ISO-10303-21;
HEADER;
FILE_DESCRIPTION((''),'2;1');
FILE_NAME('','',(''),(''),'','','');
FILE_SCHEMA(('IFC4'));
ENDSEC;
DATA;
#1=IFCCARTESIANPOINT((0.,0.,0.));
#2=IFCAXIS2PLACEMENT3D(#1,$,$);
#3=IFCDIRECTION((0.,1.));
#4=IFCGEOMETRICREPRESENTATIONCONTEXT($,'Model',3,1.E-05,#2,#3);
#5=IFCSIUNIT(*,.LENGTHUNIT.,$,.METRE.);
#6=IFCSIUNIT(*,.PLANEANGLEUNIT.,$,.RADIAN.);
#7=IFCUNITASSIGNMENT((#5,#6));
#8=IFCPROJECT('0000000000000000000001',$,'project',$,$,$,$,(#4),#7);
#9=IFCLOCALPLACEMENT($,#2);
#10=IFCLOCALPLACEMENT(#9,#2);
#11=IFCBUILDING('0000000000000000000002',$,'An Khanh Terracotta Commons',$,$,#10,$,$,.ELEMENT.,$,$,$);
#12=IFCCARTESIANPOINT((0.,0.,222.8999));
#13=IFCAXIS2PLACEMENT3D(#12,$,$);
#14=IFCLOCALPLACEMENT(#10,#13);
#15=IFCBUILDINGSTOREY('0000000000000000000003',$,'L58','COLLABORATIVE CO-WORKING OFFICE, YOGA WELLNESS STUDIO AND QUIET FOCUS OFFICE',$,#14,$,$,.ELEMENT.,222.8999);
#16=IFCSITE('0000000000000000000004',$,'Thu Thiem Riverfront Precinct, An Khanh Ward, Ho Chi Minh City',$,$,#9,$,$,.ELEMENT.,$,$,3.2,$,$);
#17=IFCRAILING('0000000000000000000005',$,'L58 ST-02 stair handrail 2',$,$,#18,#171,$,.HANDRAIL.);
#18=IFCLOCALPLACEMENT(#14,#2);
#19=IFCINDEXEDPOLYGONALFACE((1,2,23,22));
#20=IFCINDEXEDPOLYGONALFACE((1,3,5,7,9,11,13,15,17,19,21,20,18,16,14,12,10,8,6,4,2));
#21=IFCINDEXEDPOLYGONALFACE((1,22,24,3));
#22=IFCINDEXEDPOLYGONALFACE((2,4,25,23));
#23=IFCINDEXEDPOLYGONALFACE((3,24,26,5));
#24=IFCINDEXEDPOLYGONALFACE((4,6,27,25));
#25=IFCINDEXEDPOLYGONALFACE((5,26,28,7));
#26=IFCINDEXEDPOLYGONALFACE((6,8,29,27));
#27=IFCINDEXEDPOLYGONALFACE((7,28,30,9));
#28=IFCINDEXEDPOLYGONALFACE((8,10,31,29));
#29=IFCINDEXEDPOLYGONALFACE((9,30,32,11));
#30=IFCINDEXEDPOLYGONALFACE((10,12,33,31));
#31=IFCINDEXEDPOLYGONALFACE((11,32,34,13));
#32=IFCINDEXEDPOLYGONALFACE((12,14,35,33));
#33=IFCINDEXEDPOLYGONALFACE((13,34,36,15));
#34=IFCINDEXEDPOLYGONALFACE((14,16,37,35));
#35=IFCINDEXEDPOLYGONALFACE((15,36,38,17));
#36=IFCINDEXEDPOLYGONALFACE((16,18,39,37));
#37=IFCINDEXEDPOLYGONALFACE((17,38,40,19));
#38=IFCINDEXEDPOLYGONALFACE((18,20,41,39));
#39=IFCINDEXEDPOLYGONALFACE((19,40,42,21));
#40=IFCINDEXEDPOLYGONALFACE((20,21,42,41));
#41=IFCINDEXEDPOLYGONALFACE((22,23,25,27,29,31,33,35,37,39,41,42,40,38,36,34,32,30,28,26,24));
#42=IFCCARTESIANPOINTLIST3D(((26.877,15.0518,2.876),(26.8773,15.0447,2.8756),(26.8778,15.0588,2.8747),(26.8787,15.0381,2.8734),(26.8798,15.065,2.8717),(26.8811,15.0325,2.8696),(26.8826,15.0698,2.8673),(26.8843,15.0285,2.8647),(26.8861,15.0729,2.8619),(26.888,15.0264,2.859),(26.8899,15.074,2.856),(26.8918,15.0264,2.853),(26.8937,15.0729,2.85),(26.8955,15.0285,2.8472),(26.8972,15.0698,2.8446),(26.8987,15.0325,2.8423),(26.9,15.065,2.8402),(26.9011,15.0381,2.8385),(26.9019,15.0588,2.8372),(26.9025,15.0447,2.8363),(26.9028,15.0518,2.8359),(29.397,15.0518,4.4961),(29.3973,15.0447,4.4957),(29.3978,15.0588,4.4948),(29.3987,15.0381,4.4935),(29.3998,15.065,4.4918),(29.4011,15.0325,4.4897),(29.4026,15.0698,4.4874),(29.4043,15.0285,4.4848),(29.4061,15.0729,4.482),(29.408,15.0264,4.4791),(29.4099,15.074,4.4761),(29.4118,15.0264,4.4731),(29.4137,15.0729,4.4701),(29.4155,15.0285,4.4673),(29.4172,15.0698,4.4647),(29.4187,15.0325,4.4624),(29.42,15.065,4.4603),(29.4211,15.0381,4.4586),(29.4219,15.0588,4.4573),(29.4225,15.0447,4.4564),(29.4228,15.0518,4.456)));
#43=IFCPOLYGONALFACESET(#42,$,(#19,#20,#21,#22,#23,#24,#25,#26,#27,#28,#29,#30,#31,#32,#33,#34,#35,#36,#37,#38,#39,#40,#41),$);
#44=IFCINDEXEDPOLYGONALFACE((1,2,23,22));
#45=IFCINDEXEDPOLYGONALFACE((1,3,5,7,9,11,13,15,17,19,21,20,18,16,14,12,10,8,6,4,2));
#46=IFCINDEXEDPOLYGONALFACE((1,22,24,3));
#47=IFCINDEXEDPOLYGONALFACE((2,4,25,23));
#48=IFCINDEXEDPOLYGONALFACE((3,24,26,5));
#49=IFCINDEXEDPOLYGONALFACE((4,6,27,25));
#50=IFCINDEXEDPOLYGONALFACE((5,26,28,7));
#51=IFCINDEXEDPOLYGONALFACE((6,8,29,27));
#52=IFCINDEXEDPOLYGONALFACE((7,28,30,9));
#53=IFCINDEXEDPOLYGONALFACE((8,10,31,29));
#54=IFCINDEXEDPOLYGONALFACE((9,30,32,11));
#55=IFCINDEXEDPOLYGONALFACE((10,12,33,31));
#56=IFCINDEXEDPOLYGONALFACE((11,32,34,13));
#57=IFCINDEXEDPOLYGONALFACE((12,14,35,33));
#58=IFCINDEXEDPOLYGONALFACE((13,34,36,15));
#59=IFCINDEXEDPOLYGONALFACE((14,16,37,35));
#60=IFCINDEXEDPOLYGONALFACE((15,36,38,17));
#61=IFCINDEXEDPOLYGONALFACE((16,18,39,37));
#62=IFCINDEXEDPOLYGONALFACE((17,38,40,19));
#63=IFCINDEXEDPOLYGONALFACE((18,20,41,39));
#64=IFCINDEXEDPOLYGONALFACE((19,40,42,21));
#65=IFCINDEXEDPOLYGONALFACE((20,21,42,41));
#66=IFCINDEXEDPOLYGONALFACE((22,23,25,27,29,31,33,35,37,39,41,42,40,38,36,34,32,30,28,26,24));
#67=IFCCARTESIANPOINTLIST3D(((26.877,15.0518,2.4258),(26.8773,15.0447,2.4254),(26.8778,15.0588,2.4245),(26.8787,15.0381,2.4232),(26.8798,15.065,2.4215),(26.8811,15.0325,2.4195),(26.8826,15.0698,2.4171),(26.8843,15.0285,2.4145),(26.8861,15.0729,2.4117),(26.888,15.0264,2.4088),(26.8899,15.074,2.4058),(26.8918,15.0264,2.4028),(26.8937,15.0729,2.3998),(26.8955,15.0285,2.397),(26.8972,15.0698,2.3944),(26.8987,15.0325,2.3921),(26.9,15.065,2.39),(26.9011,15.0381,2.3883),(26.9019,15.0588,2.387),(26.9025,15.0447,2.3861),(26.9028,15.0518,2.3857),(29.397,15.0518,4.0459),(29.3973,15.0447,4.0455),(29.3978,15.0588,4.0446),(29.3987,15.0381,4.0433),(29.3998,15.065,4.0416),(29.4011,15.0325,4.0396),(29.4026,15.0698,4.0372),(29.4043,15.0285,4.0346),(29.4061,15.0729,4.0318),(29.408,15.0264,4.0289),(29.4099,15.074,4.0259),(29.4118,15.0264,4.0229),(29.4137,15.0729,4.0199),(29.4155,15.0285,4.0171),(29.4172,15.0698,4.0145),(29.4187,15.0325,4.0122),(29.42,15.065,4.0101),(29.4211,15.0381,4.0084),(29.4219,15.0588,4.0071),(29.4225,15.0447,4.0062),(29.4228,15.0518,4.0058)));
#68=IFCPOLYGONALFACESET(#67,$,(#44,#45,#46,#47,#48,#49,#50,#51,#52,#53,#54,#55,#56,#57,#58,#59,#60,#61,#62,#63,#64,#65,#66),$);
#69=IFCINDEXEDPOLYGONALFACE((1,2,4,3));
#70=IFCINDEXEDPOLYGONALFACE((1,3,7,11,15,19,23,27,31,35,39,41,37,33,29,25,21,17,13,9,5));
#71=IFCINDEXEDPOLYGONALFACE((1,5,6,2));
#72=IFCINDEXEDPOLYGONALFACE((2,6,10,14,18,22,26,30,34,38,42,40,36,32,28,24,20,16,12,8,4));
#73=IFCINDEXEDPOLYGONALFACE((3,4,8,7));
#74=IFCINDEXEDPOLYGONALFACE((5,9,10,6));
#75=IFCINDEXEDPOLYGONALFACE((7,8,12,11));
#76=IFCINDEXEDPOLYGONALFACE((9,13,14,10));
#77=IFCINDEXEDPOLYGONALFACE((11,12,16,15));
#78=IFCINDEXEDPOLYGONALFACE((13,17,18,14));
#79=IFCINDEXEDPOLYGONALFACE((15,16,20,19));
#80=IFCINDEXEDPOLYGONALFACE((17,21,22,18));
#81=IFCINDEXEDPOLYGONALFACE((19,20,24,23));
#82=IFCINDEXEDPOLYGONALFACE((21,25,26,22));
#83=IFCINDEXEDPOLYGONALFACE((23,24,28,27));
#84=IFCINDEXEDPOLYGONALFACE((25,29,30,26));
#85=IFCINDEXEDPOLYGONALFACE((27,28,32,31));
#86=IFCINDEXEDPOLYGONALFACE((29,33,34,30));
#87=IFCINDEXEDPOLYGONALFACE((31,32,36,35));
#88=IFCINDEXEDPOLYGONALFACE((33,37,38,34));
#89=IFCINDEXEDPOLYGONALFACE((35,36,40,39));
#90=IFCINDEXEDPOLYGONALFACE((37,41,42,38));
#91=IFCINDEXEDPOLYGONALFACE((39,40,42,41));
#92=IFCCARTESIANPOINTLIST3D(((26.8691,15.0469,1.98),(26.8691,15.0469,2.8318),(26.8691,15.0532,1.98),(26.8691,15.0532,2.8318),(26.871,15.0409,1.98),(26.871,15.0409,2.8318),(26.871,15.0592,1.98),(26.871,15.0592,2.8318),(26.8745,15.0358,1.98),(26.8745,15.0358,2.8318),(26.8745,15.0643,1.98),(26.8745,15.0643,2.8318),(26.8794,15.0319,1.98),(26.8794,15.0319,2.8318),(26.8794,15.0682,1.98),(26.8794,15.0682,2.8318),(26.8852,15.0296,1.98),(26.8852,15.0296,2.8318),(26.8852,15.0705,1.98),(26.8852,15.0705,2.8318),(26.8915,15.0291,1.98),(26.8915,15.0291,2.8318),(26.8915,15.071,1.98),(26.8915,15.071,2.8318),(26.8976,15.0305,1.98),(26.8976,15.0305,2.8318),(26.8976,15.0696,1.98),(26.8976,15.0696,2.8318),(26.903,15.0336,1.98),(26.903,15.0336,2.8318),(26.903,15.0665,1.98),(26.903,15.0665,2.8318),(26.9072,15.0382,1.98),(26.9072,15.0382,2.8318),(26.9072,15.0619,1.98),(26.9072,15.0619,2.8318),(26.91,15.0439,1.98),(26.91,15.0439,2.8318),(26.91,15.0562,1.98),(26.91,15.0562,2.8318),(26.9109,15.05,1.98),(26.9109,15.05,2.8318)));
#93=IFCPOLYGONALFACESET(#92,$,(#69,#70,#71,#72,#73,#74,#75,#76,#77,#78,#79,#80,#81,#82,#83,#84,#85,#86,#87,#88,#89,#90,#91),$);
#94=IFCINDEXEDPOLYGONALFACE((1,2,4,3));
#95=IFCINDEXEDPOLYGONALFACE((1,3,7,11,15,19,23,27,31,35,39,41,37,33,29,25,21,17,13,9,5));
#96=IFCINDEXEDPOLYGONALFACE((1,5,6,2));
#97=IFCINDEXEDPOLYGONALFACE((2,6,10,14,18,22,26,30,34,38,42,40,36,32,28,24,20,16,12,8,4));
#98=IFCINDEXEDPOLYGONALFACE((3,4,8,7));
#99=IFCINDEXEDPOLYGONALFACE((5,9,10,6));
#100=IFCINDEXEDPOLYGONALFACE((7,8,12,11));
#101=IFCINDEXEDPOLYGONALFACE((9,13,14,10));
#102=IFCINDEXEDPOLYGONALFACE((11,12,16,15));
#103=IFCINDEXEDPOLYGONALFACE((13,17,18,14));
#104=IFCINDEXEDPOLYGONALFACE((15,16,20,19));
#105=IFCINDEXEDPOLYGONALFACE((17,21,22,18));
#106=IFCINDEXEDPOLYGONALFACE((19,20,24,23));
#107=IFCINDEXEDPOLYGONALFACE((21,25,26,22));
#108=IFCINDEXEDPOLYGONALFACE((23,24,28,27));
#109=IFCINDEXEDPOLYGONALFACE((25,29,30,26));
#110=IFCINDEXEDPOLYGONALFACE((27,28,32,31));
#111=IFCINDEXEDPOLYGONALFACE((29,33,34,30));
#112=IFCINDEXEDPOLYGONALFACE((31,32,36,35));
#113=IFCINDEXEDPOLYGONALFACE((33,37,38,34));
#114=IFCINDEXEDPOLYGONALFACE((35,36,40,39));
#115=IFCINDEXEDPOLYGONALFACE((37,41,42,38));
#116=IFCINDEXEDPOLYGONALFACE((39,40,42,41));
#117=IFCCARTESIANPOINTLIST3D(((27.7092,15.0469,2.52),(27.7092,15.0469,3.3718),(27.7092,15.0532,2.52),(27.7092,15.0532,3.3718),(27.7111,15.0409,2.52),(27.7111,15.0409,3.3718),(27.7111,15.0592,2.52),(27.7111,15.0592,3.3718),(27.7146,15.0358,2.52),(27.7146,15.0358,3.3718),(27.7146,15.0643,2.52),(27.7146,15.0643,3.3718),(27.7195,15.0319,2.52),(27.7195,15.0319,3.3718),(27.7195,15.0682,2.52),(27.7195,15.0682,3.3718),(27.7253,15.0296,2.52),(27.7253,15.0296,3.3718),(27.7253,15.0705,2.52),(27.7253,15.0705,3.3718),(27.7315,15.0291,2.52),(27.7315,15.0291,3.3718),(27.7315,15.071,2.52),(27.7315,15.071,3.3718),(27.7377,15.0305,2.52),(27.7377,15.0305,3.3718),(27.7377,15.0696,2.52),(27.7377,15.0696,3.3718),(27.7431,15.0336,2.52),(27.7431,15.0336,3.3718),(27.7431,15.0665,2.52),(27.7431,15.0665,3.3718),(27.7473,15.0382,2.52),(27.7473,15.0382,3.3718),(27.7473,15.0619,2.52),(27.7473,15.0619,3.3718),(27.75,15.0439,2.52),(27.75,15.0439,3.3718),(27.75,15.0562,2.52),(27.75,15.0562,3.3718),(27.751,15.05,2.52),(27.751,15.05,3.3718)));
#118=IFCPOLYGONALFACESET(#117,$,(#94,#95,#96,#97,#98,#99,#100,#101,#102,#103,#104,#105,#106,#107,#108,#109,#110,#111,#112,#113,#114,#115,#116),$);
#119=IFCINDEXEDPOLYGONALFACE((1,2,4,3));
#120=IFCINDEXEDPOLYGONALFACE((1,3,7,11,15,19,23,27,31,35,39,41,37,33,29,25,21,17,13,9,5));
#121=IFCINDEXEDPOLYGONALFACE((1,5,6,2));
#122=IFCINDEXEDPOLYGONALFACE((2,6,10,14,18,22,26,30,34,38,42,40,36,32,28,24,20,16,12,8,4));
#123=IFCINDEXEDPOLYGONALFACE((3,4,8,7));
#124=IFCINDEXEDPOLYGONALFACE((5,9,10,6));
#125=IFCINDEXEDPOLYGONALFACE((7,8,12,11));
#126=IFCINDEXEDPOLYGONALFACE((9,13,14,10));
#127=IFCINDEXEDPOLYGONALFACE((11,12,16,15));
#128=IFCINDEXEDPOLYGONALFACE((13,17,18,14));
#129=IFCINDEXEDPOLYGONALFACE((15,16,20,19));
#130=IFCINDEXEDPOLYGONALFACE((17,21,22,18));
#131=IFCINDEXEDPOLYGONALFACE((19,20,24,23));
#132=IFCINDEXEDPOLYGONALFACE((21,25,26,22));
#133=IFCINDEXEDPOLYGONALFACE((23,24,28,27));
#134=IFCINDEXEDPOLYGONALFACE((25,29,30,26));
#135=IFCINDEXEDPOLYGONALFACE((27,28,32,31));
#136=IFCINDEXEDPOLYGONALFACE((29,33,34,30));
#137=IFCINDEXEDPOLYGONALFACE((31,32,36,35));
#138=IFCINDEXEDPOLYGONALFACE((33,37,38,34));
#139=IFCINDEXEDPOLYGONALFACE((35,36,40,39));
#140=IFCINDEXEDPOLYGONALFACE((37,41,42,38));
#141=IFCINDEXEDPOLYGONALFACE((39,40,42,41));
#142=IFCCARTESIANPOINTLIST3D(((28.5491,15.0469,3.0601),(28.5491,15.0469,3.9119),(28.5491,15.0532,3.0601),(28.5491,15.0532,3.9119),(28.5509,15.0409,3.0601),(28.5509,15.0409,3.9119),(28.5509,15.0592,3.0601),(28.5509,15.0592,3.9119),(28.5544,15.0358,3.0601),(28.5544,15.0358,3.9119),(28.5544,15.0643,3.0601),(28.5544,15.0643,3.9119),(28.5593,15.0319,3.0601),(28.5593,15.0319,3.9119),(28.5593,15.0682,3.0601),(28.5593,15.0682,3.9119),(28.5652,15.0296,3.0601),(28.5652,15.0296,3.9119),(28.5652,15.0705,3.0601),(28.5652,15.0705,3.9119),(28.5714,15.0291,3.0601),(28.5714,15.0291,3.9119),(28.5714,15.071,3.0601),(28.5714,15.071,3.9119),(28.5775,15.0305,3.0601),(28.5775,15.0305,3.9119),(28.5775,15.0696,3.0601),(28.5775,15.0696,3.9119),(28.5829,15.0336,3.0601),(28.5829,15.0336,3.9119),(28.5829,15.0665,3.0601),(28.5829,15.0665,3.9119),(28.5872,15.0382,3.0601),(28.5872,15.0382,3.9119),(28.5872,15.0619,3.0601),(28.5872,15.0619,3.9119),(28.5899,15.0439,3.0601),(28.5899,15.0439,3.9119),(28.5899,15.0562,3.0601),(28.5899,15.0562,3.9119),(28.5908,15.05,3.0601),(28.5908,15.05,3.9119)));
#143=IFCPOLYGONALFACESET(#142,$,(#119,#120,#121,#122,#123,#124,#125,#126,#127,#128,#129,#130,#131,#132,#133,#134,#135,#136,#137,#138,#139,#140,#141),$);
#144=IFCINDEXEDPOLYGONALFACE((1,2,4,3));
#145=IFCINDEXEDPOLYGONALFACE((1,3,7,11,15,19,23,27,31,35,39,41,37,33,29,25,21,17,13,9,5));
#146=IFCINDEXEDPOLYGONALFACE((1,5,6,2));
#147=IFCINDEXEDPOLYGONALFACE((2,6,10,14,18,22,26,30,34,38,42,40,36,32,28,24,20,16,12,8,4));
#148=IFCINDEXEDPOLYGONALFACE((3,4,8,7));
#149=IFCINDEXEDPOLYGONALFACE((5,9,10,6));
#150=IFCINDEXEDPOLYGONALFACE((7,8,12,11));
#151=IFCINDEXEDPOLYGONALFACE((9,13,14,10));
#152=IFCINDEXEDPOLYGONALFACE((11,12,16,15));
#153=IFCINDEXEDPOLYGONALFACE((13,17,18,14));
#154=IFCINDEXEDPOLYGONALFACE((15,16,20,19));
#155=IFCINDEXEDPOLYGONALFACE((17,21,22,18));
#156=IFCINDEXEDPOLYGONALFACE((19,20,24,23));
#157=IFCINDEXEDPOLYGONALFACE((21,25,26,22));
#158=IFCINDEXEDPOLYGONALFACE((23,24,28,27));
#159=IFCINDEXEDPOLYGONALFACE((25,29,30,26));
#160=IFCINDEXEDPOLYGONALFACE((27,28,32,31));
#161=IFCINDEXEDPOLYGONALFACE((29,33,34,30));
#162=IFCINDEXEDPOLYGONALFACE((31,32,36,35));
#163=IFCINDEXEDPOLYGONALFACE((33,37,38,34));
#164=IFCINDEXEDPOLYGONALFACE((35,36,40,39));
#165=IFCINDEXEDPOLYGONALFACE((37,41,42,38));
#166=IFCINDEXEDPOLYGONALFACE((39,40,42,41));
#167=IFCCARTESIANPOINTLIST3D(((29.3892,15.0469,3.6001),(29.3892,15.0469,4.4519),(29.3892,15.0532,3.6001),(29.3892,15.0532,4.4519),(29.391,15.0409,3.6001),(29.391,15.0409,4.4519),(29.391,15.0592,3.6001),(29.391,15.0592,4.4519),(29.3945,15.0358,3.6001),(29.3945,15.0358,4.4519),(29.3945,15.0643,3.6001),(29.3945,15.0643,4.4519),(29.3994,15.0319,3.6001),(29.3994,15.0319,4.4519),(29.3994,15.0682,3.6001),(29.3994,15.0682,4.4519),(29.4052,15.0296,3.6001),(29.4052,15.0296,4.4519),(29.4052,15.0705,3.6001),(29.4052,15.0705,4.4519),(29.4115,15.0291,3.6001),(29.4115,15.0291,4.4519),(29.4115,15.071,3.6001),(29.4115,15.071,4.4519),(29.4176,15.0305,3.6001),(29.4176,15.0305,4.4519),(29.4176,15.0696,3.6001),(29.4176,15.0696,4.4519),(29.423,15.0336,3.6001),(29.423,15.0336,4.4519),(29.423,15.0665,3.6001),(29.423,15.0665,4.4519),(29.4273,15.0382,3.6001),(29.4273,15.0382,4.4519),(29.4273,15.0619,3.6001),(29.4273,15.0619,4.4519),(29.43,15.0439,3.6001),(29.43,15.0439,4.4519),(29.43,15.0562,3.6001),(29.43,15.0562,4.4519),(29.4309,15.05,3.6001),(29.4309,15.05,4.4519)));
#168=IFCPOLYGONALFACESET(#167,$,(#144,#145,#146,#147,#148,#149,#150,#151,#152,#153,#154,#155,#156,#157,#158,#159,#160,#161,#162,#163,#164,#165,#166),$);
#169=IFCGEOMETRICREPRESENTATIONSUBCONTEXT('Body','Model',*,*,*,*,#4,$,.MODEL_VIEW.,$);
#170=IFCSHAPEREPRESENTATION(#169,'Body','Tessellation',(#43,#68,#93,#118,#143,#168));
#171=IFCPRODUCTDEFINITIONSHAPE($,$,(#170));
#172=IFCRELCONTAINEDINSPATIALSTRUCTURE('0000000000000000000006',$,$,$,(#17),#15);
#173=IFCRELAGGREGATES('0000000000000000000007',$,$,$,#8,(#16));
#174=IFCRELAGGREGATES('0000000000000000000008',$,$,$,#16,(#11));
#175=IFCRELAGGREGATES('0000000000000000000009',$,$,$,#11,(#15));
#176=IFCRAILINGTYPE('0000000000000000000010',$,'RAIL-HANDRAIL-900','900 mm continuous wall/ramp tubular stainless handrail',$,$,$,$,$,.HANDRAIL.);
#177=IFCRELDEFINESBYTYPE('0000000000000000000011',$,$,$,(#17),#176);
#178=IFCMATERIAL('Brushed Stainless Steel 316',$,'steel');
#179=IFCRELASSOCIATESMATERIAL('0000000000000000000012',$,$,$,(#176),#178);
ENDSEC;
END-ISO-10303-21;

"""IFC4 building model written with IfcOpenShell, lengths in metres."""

from ifc_helpers import new_model, si_unit, direction, frame, origin, origin_2d, place, context, subcontext, project, spatial, circle, extrude, material, type_object, element, save


model = new_model("IFC4")

# Units and contexts
model_context = context("Model", 3, precision=1e-05, world=origin(), true_north=direction((0.0, 1.0)))
body_context = subcontext(model_context, "Body", "Model", "MODEL_VIEW")
ifc_project = project(units=[si_unit("LENGTHUNIT", "METRE"), si_unit("PLANEANGLEUNIT", "RADIAN")], contexts=[model_context])

# Site, building, storey
site_placement = place(None, origin())
site = spatial("IfcSite", under=ifc_project, at=site_placement, Name="Thu Thiem Riverfront Precinct, An Khanh Ward, Ho Chi Minh City", CompositionType="ELEMENT", RefElevation=3.2)
building_placement = place(site_placement, origin())
building = spatial("IfcBuilding", under=site, at=building_placement, Name="An Khanh Terracotta Commons", CompositionType="ELEMENT")
storey_placement = place(building_placement, frame((0.0, 0.0, 222.8999)))
storey = spatial("IfcBuildingStorey", under=building, at=storey_placement, Name="L58", Description="COLLABORATIVE CO-WORKING OFFICE, YOGA WELLNESS STUDIO AND QUIET FOCUS OFFICE", CompositionType="ELEMENT", Elevation=222.8999)

# Railing
ifc_material_1 = material(Name="Brushed Stainless Steel 316", Category="steel")
railing_type_1 = type_object("IfcRailingType", Name="RAIL-HANDRAIL-900", Description="900 mm continuous wall/ramp tubular stainless handrail", PredefinedType="HANDRAIL", material=ifc_material_1)
railing_1_placement = place(storey_placement, frame((26.8899, 15.05, 1.98)))
element("IfcRailing", 1, at=railing_1_placement, inside=storey, type_object=railing_type_1, Name="L58 ST-02 stair handrail 2", PredefinedType="HANDRAIL", context=body_context, shape_type="SweptSolid", body=[
    extrude(circle(Radius=0.0239, at=origin_2d()), frame((0.0, 0.0, 0.876), z_axis=(0.841163, 0.0, 0.540782), x_axis=(0.0, 1.0, 0.0)), (0.0, 0.0, 1.0), 2.9958),
    extrude(circle(Radius=0.0239, at=origin_2d()), frame((0.0, 0.0, 0.4258), z_axis=(0.841163, 0.0, 0.540782), x_axis=(0.0, 1.0, 0.0)), (0.0, 0.0, 1.0), 2.9958),
    extrude(circle(Radius=0.021, at=origin_2d()), origin(), (0.0, 0.0, 1.0), 0.8518),
    extrude(circle(Radius=0.021, at=origin_2d()), frame((0.8401, 0.0, 0.54)), (0.0, 0.0, 1.0), 0.8518),
    extrude(circle(Radius=0.021, at=origin_2d()), frame((1.6799, 0.0, 1.0801)), (0.0, 0.0, 1.0), 0.8518),
    extrude(circle(Radius=0.021, at=origin_2d()), frame((2.52, 0.0, 1.6201)), (0.0, 0.0, 1.0), 0.8518),
])

save(model, "model.ifc")
